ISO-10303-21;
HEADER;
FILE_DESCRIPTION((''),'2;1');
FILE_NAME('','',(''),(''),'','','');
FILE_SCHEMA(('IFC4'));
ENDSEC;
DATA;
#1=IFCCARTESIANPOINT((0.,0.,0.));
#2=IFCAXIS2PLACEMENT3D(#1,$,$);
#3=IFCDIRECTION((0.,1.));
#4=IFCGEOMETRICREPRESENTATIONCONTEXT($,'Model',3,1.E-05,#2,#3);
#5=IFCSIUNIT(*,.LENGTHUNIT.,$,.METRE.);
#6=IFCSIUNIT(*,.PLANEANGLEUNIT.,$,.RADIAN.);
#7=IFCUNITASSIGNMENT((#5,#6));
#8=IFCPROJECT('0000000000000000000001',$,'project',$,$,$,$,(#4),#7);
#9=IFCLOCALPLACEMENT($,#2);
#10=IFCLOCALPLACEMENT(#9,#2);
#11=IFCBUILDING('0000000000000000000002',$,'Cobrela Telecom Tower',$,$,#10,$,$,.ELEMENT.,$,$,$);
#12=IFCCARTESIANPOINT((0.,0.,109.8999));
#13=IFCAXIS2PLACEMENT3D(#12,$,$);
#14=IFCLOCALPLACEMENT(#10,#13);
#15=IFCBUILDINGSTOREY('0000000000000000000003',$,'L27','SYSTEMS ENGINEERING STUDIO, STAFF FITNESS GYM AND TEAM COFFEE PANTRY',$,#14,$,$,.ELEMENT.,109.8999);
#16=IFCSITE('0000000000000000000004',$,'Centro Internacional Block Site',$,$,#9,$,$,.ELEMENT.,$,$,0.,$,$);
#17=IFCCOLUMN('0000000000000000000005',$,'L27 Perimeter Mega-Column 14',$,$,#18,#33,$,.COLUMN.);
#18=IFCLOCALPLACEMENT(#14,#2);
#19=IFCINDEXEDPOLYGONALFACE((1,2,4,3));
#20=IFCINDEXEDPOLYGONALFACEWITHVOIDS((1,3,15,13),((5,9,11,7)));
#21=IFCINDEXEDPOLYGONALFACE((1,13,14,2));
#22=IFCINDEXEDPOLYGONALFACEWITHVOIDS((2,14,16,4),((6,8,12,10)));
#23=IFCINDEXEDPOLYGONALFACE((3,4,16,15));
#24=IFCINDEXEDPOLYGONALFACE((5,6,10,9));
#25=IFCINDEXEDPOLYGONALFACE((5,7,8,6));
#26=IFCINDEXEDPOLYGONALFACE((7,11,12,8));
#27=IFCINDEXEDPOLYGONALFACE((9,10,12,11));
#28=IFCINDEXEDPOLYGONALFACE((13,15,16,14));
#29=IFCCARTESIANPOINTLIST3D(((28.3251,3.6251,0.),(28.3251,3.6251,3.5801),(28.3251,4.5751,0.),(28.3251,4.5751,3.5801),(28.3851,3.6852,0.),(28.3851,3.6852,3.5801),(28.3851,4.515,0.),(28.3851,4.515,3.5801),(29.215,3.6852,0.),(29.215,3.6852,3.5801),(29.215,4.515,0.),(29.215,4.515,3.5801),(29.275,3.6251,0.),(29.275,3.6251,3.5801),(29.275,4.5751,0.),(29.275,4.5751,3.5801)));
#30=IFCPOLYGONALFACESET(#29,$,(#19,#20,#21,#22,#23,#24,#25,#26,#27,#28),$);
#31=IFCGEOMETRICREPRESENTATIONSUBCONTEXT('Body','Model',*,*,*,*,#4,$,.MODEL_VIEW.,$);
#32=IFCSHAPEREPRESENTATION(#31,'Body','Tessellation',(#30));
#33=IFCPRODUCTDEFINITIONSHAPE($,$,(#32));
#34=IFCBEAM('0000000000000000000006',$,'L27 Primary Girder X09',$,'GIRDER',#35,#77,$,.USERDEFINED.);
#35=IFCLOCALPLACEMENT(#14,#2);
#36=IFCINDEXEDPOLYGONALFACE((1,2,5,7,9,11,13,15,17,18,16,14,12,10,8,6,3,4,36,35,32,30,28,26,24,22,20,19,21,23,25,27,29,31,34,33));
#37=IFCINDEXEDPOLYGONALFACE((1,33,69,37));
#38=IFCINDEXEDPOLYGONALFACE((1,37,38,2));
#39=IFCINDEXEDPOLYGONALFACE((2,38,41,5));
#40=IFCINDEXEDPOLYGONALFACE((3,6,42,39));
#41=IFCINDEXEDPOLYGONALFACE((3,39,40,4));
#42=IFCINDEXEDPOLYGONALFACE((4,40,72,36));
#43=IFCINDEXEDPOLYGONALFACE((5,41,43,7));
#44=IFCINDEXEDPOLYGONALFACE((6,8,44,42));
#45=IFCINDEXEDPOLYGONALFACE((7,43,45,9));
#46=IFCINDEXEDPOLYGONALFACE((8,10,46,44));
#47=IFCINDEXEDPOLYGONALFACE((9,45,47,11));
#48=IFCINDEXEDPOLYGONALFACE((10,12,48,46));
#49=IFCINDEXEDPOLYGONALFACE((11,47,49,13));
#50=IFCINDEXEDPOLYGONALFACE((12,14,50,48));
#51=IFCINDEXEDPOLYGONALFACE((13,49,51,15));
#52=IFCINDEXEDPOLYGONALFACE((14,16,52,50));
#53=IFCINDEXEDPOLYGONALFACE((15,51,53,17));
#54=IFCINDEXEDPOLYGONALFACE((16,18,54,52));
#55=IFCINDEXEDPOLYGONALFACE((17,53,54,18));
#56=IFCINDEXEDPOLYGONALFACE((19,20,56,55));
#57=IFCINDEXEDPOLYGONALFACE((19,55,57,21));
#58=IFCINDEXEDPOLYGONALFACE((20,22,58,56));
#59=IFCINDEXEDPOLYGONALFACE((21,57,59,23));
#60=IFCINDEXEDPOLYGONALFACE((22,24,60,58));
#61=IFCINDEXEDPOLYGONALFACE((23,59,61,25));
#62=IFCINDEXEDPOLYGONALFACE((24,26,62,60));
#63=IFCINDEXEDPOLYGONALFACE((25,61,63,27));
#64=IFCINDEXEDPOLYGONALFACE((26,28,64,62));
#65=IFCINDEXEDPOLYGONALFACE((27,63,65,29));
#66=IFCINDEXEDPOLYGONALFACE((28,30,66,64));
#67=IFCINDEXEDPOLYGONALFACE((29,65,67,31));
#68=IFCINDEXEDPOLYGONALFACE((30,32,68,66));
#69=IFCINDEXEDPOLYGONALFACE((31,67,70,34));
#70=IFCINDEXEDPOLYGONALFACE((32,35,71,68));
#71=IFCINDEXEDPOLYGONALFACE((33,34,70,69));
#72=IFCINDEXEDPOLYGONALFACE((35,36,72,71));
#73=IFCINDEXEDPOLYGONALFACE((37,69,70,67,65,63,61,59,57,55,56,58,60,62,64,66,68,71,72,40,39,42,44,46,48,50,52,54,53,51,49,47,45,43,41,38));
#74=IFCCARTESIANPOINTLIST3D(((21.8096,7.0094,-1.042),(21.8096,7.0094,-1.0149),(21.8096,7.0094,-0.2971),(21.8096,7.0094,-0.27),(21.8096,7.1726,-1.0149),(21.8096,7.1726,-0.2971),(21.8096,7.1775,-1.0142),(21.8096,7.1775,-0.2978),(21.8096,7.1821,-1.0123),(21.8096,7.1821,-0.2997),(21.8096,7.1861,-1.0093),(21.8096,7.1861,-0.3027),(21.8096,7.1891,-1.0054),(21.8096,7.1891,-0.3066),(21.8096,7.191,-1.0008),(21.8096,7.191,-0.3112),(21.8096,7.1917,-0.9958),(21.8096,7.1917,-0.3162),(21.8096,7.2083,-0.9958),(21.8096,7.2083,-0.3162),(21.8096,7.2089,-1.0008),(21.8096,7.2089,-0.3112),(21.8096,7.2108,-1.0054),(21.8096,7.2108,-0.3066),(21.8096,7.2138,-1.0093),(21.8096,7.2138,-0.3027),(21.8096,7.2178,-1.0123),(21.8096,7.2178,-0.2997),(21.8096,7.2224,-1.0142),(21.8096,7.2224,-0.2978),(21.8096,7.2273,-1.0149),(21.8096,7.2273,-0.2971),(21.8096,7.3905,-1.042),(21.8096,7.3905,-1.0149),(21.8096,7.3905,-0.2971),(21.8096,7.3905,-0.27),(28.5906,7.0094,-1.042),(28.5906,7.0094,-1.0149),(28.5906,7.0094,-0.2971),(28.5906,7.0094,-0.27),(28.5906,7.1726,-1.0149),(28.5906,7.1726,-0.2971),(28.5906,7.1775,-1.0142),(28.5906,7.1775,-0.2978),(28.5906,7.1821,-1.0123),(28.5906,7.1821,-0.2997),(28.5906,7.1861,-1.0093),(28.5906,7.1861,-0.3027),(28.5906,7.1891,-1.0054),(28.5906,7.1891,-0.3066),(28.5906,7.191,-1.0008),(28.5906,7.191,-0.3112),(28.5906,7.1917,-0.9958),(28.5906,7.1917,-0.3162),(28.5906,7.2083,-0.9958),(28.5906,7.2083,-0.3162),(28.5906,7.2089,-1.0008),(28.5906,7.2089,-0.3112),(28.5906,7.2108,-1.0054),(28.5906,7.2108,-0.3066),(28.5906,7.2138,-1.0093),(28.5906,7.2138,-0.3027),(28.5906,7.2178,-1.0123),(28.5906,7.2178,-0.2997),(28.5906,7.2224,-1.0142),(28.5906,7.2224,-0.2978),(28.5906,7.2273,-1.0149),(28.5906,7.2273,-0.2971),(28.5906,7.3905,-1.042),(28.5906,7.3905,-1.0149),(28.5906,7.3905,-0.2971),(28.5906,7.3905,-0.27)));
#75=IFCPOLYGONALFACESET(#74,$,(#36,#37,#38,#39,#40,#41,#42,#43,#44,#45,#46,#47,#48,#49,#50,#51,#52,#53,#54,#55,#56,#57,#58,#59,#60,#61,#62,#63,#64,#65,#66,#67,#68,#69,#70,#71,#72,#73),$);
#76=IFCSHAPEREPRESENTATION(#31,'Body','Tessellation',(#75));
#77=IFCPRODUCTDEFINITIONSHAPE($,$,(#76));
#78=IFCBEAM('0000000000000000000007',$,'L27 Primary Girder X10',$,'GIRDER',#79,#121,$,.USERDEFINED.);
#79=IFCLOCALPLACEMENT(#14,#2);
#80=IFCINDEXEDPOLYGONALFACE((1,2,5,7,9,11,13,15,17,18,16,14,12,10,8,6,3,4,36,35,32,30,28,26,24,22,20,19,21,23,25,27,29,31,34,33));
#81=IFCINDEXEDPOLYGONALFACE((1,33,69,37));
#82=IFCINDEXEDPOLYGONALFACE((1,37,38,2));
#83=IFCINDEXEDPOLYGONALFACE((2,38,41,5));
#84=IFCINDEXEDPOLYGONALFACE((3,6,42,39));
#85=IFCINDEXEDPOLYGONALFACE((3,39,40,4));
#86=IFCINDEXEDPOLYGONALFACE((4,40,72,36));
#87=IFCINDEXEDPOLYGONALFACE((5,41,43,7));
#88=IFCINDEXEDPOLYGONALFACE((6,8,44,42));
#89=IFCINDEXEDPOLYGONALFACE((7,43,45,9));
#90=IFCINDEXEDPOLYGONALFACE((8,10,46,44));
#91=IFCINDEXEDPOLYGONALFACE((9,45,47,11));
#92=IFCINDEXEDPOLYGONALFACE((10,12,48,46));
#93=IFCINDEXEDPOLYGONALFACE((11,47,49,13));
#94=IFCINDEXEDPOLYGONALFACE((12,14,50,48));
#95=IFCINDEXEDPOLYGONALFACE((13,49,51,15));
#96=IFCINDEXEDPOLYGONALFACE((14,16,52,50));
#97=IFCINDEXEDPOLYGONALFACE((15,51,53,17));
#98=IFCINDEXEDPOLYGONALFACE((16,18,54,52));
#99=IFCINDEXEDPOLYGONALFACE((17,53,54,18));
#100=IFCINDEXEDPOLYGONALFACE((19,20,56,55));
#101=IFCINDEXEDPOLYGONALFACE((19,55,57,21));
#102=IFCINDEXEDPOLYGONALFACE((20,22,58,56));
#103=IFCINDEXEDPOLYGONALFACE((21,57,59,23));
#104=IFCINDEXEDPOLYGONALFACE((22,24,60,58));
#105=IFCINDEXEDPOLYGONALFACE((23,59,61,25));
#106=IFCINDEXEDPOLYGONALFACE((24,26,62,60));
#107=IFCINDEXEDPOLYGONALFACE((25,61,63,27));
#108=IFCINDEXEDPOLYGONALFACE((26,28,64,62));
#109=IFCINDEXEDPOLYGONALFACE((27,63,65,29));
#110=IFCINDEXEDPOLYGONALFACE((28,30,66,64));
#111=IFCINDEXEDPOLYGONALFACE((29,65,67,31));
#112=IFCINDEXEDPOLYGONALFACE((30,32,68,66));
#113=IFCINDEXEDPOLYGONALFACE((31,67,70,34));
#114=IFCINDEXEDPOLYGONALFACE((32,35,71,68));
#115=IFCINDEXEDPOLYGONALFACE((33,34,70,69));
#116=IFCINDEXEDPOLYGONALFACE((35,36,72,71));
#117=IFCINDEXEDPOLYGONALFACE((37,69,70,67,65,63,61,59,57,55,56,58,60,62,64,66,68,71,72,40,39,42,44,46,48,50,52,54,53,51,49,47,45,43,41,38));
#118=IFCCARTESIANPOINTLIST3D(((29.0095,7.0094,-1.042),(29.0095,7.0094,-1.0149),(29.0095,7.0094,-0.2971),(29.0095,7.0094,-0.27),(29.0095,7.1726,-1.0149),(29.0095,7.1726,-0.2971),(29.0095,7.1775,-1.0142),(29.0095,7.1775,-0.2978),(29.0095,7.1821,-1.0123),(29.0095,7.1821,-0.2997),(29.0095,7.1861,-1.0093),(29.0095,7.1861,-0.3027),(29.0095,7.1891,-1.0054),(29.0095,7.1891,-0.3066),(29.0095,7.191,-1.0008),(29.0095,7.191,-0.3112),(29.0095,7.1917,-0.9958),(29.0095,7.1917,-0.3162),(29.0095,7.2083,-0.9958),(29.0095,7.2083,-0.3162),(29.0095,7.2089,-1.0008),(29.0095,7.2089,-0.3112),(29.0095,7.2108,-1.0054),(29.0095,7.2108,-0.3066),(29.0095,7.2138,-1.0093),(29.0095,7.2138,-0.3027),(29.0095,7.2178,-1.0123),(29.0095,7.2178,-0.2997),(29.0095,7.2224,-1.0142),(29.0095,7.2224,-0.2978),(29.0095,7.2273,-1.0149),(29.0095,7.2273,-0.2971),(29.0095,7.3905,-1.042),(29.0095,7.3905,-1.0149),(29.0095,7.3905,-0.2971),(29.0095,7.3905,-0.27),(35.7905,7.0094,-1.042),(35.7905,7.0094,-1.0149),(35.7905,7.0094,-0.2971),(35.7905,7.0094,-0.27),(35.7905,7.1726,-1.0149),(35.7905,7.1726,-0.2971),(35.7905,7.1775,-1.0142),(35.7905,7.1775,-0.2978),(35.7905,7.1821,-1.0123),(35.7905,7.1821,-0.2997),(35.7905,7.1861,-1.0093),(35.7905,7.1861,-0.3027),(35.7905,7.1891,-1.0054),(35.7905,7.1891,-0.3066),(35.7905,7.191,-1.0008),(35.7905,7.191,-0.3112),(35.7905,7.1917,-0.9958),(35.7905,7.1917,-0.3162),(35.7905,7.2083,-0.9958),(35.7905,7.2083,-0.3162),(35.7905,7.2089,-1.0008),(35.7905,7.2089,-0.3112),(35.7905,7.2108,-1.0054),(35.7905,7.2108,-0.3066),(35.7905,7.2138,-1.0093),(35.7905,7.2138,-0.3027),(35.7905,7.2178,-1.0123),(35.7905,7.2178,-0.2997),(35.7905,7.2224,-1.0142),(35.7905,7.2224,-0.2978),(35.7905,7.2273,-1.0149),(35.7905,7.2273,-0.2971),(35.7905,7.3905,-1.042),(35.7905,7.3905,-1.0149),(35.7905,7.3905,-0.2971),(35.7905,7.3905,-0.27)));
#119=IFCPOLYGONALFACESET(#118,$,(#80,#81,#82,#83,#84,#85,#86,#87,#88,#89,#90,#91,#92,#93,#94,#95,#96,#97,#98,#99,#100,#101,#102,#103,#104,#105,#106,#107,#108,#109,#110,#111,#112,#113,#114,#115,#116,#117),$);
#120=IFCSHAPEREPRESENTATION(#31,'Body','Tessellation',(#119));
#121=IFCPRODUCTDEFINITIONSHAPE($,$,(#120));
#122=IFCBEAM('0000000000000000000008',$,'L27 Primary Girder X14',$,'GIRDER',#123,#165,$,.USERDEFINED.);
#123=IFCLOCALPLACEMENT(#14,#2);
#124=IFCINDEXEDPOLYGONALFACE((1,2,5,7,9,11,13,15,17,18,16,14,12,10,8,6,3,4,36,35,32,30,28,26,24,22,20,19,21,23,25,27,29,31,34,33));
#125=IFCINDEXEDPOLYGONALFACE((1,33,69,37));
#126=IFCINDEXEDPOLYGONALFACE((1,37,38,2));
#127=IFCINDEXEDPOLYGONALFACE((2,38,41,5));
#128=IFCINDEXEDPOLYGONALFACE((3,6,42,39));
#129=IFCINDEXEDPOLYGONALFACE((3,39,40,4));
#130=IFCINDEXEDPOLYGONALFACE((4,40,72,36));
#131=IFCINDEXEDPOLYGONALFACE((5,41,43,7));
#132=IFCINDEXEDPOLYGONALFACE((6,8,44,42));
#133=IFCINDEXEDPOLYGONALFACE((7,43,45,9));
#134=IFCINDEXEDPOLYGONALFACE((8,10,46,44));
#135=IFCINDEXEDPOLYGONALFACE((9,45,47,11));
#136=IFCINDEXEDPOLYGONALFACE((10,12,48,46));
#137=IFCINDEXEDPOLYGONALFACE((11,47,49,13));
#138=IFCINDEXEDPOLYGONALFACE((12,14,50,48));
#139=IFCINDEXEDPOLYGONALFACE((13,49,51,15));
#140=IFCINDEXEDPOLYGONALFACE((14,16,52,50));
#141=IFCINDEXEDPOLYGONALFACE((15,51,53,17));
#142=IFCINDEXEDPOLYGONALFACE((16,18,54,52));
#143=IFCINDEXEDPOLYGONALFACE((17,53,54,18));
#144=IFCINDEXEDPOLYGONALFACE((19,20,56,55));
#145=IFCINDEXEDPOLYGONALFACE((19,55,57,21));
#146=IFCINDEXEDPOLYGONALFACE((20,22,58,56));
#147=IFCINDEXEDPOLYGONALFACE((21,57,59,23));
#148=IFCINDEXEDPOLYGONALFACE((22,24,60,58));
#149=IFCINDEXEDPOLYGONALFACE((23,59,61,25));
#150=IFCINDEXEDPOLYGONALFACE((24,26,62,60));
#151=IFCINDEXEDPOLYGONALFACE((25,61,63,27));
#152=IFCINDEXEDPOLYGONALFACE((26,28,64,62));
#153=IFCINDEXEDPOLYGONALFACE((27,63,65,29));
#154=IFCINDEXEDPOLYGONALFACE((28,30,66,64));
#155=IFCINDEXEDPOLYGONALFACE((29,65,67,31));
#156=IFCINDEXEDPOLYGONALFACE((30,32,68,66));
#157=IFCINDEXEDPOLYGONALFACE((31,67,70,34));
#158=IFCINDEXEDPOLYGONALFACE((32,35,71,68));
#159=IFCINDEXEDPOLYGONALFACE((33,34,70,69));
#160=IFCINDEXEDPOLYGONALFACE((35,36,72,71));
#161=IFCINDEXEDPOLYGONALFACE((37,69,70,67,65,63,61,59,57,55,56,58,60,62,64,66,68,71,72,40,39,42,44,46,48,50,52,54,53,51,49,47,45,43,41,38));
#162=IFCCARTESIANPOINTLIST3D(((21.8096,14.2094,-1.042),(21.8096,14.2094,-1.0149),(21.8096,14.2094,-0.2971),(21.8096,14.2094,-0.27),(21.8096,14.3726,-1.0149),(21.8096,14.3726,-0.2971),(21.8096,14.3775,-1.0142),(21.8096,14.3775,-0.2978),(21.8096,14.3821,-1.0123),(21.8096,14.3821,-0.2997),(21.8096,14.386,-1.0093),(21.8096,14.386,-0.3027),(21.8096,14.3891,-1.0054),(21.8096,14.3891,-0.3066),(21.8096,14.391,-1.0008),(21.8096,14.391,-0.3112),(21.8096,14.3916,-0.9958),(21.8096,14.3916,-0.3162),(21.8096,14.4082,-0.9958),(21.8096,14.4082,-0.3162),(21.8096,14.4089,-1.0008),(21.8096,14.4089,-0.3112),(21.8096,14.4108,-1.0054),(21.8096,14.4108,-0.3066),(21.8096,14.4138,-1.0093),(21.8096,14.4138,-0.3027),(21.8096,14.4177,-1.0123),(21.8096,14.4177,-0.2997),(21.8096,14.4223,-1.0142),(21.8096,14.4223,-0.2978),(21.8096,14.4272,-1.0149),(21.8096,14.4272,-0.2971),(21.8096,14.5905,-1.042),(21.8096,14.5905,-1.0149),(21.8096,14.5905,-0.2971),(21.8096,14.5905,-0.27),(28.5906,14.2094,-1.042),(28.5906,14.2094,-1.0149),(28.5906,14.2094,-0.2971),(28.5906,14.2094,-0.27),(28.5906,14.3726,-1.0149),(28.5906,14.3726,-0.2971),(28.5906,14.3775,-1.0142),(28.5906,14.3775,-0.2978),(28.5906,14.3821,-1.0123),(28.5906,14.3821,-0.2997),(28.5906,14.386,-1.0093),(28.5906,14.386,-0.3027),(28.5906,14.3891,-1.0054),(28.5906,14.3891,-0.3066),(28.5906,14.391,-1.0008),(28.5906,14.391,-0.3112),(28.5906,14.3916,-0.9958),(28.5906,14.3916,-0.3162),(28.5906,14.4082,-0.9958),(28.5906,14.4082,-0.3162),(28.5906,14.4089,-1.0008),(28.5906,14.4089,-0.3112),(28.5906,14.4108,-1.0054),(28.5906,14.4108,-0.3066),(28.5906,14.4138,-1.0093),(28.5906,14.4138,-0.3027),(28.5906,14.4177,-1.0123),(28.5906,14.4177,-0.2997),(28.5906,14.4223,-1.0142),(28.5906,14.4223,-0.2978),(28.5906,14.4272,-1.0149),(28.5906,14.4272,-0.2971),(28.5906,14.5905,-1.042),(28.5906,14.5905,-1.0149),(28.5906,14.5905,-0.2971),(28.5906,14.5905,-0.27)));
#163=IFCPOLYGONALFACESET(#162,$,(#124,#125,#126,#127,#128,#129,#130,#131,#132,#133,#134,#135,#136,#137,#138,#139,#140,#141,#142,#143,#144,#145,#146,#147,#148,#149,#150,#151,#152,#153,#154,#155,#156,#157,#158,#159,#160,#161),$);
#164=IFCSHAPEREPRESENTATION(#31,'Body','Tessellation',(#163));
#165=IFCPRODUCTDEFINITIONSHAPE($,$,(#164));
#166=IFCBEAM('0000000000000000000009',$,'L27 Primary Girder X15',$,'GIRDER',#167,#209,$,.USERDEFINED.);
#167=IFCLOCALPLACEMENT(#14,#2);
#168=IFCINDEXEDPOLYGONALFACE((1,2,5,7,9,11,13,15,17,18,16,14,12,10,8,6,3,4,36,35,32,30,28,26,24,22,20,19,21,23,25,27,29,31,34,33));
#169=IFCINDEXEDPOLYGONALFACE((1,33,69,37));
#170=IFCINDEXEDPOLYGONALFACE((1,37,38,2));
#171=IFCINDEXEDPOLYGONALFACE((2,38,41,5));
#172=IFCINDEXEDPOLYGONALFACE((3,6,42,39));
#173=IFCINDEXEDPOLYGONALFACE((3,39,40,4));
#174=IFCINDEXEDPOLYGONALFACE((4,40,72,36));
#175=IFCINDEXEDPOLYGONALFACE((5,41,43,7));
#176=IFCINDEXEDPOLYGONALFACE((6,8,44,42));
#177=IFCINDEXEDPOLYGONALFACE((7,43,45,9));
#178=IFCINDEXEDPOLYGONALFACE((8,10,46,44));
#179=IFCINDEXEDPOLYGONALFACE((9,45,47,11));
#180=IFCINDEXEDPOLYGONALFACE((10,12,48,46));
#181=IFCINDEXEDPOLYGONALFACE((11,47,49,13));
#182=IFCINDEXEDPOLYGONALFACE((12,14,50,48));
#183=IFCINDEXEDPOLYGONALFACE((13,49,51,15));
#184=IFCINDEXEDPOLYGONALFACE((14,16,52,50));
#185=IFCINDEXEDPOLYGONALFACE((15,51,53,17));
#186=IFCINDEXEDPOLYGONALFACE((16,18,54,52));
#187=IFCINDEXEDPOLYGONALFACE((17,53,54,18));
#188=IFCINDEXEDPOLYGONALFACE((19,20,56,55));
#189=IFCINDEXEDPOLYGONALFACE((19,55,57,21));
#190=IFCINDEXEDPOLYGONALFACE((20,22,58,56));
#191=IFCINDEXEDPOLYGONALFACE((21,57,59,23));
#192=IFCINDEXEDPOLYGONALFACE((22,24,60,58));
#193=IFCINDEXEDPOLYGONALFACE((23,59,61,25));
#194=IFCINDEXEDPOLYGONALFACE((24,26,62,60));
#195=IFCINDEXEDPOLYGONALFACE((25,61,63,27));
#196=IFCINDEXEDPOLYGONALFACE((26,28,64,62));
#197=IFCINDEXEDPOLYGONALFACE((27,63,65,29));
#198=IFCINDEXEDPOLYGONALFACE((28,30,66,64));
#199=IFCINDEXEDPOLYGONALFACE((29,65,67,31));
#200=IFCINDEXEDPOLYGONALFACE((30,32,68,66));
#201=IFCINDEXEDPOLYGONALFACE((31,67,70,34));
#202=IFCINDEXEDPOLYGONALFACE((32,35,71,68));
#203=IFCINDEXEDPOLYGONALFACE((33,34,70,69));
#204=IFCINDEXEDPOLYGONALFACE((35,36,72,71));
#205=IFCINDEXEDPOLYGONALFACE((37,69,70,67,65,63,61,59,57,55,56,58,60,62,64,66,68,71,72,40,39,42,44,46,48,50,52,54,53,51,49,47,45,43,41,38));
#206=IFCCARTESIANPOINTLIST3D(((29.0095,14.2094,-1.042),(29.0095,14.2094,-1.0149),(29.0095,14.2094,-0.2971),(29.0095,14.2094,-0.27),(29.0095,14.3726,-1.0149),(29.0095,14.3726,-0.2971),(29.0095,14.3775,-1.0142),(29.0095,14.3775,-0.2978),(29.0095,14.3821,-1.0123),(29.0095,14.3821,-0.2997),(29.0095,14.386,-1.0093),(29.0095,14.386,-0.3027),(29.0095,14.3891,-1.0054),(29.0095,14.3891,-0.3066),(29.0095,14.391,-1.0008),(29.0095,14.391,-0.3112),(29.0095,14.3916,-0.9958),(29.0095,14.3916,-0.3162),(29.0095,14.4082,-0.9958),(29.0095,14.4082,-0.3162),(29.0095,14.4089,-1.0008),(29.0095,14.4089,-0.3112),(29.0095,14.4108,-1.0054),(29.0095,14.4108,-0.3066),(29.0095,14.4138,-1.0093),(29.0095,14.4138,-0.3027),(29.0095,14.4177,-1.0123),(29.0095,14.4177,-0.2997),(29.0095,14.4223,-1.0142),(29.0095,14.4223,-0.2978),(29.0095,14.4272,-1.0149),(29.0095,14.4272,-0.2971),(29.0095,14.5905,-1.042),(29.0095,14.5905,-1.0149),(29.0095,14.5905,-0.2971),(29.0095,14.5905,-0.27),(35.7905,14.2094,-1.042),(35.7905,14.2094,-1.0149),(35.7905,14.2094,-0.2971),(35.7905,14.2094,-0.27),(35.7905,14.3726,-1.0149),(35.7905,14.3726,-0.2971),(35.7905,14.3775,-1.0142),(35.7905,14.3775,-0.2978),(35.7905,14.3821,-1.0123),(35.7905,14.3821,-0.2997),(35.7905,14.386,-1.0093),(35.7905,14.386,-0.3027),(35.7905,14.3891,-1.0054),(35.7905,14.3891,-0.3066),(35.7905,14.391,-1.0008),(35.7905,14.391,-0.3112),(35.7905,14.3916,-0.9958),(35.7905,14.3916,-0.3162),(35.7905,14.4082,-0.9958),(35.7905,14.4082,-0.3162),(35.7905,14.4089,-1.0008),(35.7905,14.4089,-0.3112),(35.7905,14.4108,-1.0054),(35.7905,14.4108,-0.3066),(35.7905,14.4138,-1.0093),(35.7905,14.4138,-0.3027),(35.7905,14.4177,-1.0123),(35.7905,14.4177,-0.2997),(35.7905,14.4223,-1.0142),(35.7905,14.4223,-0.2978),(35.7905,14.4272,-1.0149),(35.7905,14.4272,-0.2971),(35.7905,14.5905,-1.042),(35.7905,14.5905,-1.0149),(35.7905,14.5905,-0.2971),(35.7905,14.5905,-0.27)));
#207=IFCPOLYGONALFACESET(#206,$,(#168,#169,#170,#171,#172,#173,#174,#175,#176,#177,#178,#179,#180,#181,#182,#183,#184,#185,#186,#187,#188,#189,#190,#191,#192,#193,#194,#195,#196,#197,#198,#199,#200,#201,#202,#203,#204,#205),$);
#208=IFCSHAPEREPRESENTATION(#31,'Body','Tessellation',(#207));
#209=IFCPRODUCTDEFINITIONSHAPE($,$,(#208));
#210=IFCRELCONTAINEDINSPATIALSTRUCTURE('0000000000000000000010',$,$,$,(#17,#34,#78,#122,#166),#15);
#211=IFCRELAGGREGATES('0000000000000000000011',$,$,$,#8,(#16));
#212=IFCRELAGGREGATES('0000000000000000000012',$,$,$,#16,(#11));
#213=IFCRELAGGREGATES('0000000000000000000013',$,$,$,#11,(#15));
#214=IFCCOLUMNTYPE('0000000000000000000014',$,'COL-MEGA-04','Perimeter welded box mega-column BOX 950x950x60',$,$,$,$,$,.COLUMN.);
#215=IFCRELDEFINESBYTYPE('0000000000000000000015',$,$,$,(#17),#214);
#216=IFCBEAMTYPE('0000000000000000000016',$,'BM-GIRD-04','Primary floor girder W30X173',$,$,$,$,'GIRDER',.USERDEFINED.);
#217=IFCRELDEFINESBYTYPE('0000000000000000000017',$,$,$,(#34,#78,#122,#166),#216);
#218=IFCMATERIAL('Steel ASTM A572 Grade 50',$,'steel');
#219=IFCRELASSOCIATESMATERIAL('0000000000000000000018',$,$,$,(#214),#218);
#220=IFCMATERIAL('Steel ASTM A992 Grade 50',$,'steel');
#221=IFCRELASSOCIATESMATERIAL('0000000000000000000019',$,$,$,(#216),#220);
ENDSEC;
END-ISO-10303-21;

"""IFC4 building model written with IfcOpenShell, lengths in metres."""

from ifc_helpers import new_model, si_unit, direction, frame, origin, origin_2d, place, context, subcontext, project, spatial, hollow_rectangle, i_section, extrude, material, material_profile, profile_set, type_object, element, save


model = new_model("IFC4")

# Units and contexts
model_context = context("Model", 3, precision=1e-05, world=origin(), true_north=direction((0.0, 1.0)))
body_context = subcontext(model_context, "Body", "Model", "MODEL_VIEW")
ifc_project = project(units=[si_unit("LENGTHUNIT", "METRE"), si_unit("PLANEANGLEUNIT", "RADIAN")], contexts=[model_context])

# Site, building, storey
site_placement = place(None, origin())
site = spatial("IfcSite", under=ifc_project, at=site_placement, Name="Centro Internacional Block Site", CompositionType="ELEMENT", RefElevation=0.0)
building_placement = place(site_placement, origin())
building = spatial("IfcBuilding", under=site, at=building_placement, Name="Cobrela Telecom Tower", CompositionType="ELEMENT")
storey_placement = place(building_placement, frame((0.0, 0.0, 109.8999)))
storey = spatial("IfcBuildingStorey", under=building, at=storey_placement, Name="L27", Description="SYSTEMS ENGINEERING STUDIO, STAFF FITNESS GYM AND TEAM COFFEE PANTRY", CompositionType="ELEMENT", Elevation=109.8999)

# Column
ifc_material_1 = material(Name="Steel ASTM A992 Grade 50", Category="steel")
ifc_material_2 = material(Name="Steel ASTM A572 Grade 50", Category="steel")
ifc_material_profile_1 = material_profile(ifc_material_2, hollow_rectangle(XDim=0.95, YDim=0.95, WallThickness=0.0601, at=origin_2d()), Name="BOX 950x950x60")
ifc_profile_set_1 = profile_set([ifc_material_profile_1], Name="Steel ASTM A572 Grade 50")
column_type_1 = type_object("IfcColumnType", Name="COL-MEGA-04", Description="Perimeter welded box mega-column BOX 950x950x60", PredefinedType="COLUMN", material=ifc_profile_set_1)
for number, where, z_axis, x_axis, name in (
    (1, (28.8, 4.1001, 0.0), (0.0, 0.0, 1.0), (1.0, 0.0, 0.0), "L27 Perimeter Mega-Column 14"),
):
    element("IfcColumn", number, at=place(storey_placement, frame(where, z_axis=z_axis, x_axis=x_axis)), inside=storey, type_object=column_type_1, Name=name, PredefinedType="COLUMN", context=body_context, shape_type="SweptSolid", body=[
        extrude(hollow_rectangle(XDim=0.95, YDim=0.95, WallThickness=0.0601, at=origin_2d()), origin(), (0.0, 0.0, 1.0), 3.5801),
    ])

# Beams
ifc_material_profile_2 = material_profile(ifc_material_1, i_section(OverallWidth=0.3811, OverallDepth=0.772, WebThickness=0.0166, FlangeThickness=0.0271, FilletRadius=0.019, at=origin_2d()), Name="W30X173")
ifc_profile_set_2 = profile_set([ifc_material_profile_2], Name="Steel ASTM A992 Grade 50")
beam_type_1 = type_object("IfcBeamType", Name="BM-GIRD-04", Description="Primary floor girder W30X173", ElementType="GIRDER", PredefinedType="USERDEFINED", material=ifc_profile_set_2)
for number, where, z_axis, x_axis, name in (
    (2, (21.8096, 7.2, -0.656), (1.0, 0.0, 0.0), (0.0, 1.0, 0.0), "L27 Primary Girder X09"),
    (3, (29.0095, 7.2, -0.656), (1.0, 0.0, 0.0), (0.0, 1.0, 0.0), "L27 Primary Girder X10"),
    (4, (21.8096, 14.3999, -0.656), (1.0, 0.0, 0.0), (0.0, 1.0, 0.0), "L27 Primary Girder X14"),
    (5, (29.0095, 14.3999, -0.656), (1.0, 0.0, 0.0), (0.0, 1.0, 0.0), "L27 Primary Girder X15"),
):
    element("IfcBeam", number, at=place(storey_placement, frame(where, z_axis=z_axis, x_axis=x_axis)), inside=storey, type_object=beam_type_1, Name=name, ObjectType="GIRDER", PredefinedType="USERDEFINED", context=body_context, shape_type="SweptSolid", body=[
        extrude(i_section(OverallWidth=0.3811, OverallDepth=0.772, WebThickness=0.0166, FlangeThickness=0.0271, FilletRadius=0.019, at=origin_2d()), origin(), (0.0, 0.0, 1.0), 6.781),
    ])

save(model, "model.ifc")
